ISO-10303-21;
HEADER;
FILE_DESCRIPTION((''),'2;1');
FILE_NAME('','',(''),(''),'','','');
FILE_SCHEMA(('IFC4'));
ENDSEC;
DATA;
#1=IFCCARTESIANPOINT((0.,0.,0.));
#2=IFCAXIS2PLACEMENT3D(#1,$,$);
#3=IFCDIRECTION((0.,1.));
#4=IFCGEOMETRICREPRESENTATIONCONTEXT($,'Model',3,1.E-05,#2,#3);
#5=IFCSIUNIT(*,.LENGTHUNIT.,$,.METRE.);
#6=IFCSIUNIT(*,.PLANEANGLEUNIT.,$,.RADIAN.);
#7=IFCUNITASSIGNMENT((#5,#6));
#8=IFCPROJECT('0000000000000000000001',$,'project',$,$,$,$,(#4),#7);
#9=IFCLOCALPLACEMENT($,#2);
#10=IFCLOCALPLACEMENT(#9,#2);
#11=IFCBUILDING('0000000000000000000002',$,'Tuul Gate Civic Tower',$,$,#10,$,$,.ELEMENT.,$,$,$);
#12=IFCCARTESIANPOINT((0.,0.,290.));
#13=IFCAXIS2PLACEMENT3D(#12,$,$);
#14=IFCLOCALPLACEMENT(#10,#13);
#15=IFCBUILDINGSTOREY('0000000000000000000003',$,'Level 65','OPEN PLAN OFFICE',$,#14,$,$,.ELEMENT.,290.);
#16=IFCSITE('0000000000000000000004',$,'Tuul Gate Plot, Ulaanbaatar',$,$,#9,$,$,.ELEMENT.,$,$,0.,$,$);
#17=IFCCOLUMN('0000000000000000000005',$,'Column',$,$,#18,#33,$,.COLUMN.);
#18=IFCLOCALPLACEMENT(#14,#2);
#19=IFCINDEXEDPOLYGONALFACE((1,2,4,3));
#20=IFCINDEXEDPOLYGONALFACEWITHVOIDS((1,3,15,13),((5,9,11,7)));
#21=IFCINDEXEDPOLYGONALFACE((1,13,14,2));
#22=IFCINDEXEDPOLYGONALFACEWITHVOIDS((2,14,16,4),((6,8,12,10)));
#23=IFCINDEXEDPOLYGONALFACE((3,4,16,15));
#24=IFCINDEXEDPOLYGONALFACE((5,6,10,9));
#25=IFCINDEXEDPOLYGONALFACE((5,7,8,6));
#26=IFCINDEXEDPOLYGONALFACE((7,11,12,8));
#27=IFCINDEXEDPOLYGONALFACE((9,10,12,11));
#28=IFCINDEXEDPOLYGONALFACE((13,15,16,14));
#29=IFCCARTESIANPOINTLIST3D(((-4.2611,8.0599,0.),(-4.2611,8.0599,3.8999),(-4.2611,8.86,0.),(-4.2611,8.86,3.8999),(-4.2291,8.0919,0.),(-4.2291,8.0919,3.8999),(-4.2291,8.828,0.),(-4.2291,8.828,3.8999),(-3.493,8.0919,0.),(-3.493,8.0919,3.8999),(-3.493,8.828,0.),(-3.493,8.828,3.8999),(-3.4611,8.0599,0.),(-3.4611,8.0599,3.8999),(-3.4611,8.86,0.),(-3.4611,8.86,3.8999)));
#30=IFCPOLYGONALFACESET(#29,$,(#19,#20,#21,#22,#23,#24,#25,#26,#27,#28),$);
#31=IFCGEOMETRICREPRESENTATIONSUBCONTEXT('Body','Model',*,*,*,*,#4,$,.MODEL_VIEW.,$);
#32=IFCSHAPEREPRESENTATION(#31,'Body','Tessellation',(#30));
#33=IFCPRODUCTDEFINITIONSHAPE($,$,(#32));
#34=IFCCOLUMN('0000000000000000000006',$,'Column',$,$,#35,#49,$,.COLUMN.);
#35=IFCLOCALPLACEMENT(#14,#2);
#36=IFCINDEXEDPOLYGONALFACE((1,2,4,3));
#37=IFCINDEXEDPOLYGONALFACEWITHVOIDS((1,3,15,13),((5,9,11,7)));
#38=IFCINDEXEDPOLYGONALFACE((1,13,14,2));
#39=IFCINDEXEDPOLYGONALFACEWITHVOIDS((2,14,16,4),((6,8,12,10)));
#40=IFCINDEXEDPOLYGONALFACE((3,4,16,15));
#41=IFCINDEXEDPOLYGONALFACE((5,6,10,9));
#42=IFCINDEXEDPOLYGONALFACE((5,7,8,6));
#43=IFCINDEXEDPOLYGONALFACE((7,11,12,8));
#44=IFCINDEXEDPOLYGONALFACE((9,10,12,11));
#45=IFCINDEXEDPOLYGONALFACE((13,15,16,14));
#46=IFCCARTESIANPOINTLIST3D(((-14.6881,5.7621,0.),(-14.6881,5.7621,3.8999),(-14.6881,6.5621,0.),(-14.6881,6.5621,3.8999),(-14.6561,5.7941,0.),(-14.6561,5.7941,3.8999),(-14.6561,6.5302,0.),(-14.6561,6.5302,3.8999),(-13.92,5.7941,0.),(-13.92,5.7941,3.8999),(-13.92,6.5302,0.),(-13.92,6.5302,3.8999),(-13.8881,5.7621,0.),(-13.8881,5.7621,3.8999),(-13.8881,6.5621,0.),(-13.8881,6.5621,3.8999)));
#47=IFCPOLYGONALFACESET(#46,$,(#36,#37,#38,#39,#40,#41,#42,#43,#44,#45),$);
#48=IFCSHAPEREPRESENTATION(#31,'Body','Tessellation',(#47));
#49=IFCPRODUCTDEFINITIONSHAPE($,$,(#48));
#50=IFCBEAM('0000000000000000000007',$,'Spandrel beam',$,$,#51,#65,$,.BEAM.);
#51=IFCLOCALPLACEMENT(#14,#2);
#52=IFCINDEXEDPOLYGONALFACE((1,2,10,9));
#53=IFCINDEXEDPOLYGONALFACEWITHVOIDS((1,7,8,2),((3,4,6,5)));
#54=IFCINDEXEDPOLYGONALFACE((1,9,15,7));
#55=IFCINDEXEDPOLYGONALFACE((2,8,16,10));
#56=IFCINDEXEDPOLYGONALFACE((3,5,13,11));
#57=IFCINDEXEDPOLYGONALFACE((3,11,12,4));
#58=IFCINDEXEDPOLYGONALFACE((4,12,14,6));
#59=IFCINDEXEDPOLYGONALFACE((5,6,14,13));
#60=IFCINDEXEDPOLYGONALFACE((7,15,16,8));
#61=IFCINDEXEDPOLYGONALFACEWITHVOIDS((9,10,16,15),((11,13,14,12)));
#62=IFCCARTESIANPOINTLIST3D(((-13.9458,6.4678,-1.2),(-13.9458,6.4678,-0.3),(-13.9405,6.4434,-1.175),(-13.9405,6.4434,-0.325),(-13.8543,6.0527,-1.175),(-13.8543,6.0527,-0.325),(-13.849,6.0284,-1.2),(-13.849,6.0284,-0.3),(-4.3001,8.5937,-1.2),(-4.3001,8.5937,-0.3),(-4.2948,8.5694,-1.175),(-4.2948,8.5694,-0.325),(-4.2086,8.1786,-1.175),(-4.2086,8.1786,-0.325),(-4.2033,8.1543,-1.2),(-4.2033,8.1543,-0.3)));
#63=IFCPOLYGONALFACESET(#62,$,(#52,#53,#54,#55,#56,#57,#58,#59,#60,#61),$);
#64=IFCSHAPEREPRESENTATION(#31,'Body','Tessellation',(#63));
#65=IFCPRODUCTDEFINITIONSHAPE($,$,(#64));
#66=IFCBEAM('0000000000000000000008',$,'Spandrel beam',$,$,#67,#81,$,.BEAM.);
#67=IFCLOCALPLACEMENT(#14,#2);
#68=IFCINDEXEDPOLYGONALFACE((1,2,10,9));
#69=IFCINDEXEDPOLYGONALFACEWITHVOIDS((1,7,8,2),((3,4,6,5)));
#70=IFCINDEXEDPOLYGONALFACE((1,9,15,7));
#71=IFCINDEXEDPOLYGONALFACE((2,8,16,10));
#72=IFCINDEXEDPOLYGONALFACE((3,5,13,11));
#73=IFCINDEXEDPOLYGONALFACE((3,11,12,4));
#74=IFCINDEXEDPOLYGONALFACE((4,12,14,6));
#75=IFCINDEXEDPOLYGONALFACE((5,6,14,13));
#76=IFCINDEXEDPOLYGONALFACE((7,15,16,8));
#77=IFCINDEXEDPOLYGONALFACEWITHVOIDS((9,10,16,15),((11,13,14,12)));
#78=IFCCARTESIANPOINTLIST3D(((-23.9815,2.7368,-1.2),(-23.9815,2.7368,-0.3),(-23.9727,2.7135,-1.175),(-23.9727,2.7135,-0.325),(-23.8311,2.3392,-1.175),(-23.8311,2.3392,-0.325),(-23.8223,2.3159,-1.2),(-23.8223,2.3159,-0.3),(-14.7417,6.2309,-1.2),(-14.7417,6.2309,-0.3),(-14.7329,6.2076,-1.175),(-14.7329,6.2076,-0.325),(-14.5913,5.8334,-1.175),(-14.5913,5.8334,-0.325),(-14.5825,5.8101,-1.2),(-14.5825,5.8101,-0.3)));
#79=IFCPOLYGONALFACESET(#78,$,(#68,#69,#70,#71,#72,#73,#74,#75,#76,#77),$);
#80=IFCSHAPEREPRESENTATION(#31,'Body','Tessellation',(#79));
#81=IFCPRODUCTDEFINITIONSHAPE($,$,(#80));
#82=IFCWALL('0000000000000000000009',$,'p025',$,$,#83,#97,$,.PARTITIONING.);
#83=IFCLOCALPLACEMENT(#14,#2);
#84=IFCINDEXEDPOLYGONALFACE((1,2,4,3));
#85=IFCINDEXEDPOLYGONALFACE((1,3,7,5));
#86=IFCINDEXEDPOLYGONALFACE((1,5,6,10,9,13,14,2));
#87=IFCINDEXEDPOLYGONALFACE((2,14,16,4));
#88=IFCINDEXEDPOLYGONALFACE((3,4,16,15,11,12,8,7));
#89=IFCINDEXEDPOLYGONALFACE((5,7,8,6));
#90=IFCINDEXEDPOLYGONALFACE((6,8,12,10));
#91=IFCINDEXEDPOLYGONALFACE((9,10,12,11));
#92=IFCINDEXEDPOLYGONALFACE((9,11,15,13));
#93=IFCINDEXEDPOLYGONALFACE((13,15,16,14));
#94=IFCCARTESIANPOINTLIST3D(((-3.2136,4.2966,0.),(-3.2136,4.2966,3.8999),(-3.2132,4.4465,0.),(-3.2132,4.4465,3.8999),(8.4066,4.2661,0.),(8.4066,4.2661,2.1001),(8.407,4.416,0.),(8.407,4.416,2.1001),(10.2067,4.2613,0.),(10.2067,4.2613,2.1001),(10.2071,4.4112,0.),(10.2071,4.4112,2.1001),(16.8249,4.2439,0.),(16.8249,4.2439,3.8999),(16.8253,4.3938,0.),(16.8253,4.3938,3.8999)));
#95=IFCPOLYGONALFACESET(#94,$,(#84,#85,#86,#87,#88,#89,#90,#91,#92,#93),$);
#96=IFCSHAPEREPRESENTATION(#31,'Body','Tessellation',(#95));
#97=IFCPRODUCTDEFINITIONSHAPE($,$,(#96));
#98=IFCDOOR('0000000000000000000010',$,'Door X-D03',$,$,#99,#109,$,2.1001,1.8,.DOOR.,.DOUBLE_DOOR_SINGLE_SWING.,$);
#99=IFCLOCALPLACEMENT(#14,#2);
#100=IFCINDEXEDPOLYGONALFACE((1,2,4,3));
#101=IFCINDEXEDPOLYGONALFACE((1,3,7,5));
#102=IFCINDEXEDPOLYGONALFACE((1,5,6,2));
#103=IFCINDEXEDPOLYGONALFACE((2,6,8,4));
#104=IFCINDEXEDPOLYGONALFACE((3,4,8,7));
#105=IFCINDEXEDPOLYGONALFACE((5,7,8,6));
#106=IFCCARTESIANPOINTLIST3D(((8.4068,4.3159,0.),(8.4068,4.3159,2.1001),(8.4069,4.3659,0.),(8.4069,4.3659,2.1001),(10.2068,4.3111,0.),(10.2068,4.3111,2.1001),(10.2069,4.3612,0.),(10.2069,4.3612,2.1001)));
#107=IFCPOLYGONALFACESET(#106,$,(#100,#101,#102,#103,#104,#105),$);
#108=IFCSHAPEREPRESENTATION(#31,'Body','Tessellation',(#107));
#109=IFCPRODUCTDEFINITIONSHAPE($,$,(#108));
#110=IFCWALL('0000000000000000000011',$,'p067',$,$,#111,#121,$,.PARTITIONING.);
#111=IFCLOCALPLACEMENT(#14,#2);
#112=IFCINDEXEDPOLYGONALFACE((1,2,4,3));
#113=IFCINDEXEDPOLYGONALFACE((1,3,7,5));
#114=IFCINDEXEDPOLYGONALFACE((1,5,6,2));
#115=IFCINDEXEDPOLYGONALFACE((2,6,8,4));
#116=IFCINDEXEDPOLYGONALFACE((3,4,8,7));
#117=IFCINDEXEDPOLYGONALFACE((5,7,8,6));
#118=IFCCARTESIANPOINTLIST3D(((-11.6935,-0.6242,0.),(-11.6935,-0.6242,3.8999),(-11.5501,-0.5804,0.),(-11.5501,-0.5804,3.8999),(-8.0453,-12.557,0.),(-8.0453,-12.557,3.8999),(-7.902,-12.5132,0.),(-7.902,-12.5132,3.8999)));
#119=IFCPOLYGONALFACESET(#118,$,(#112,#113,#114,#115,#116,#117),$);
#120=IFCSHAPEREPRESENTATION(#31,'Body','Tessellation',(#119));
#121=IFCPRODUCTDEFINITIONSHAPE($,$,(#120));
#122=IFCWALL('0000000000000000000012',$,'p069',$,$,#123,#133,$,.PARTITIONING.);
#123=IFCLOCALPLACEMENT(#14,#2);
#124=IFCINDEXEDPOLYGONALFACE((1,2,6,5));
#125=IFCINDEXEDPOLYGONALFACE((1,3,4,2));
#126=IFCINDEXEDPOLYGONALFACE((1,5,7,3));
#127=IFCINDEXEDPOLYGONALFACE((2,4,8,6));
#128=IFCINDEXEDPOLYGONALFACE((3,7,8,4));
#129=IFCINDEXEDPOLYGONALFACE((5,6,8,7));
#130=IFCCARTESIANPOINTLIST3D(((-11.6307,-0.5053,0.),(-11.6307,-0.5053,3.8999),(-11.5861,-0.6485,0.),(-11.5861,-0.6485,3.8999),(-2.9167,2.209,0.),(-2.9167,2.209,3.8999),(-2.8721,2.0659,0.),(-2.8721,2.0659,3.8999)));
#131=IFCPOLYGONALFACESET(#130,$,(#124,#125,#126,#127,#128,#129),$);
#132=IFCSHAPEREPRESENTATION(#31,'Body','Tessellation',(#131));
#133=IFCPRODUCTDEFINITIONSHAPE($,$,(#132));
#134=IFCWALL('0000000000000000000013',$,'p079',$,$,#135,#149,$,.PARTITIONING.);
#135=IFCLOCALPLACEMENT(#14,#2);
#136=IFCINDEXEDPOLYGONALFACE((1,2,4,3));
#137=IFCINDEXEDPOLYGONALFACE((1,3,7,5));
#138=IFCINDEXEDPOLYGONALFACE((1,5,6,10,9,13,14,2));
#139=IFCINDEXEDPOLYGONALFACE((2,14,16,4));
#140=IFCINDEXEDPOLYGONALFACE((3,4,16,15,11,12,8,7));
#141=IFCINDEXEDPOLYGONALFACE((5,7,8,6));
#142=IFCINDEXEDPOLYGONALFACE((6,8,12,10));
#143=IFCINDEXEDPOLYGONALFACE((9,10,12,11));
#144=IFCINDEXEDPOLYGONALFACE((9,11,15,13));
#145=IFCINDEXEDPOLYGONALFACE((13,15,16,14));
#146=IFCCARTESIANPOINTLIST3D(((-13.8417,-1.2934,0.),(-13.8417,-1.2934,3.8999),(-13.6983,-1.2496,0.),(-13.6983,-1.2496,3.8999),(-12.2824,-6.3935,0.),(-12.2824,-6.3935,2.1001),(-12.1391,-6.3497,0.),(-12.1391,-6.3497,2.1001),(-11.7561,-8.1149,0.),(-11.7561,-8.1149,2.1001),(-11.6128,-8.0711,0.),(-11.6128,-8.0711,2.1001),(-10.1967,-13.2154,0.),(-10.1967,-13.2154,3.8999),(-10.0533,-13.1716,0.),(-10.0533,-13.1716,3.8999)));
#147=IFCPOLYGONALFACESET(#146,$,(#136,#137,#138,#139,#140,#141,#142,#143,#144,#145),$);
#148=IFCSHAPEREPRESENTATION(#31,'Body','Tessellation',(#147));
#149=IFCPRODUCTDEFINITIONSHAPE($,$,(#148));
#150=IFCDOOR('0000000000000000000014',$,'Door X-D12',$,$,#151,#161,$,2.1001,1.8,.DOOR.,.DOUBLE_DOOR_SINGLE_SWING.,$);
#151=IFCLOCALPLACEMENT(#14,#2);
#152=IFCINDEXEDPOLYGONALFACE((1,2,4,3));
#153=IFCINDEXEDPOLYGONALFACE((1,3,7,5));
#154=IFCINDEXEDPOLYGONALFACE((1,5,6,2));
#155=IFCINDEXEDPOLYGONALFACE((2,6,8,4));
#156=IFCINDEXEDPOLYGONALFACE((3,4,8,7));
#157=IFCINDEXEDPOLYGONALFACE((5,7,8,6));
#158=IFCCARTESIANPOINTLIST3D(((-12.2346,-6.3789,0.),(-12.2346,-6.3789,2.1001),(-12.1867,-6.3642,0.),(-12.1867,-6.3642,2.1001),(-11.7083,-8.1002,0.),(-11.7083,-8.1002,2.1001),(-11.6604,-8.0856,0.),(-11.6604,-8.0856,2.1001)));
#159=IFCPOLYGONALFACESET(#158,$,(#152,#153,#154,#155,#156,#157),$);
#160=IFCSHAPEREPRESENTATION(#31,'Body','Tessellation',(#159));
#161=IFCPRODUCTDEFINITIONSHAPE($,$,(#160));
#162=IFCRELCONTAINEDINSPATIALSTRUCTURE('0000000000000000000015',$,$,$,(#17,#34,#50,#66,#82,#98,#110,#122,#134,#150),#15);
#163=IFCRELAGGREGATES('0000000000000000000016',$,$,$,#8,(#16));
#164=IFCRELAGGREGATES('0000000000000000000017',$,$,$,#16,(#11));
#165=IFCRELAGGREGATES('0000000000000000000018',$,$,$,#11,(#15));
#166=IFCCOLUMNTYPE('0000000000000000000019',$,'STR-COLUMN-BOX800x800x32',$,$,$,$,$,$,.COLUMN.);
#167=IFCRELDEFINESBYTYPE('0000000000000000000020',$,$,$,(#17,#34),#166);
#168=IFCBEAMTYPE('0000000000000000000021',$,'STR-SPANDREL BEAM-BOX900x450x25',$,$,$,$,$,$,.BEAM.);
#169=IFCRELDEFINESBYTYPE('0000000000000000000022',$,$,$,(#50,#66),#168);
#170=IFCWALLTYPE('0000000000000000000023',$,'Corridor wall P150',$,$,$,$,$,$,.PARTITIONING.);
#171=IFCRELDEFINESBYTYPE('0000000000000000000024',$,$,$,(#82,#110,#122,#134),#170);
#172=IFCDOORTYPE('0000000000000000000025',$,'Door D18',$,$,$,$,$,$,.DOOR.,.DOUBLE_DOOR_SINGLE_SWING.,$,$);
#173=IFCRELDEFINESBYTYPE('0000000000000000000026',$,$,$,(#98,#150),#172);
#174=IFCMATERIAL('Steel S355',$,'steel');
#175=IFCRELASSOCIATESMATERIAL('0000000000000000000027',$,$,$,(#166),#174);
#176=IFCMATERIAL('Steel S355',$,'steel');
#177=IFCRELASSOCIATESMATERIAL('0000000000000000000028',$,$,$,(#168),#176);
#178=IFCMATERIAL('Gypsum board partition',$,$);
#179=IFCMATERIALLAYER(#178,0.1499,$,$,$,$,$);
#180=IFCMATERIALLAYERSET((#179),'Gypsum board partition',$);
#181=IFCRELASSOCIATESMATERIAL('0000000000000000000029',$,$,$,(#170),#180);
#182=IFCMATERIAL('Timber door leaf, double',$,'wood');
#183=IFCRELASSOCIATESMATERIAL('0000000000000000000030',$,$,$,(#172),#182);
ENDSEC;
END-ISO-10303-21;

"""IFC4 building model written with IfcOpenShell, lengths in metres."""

from ifc_helpers import new_model, si_unit, direction, frame, frame_2d, origin, origin_2d, place, context, subcontext, project, spatial, rectangle, hollow_rectangle, extrude, material, layer, layer_set, material_profile, profile_set, type_object, element, fill, save


model = new_model("IFC4")

# Units and contexts
model_context = context("Model", 3, precision=1e-05, world=origin(), true_north=direction((0.0, 1.0)))
body_context = subcontext(model_context, "Body", "Model", "MODEL_VIEW")
ifc_project = project(units=[si_unit("LENGTHUNIT", "METRE"), si_unit("PLANEANGLEUNIT", "RADIAN")], contexts=[model_context])

# Site, building, storey
site_placement = place(None, origin())
site = spatial("IfcSite", under=ifc_project, at=site_placement, Name="Tuul Gate Plot, Ulaanbaatar", CompositionType="ELEMENT", RefElevation=0.0)
building_placement = place(site_placement, origin())
building = spatial("IfcBuilding", under=site, at=building_placement, Name="Tuul Gate Civic Tower", CompositionType="ELEMENT")
storey_placement = place(building_placement, frame((0.0, 0.0, 290.0)))
storey = spatial("IfcBuildingStorey", under=building, at=storey_placement, Name="Level 65", Description="OPEN PLAN OFFICE", CompositionType="ELEMENT", Elevation=290.0)

# Columns
ifc_material_1 = material(Name="Steel S355", Category="steel")
ifc_material_profile_1 = material_profile(ifc_material_1, hollow_rectangle(XDim=0.8, YDim=0.8, WallThickness=0.032, at=origin_2d()), Name="BOX800x800x32")
ifc_profile_set_1 = profile_set([ifc_material_profile_1], Name="Steel S355")
column_type = type_object("IfcColumnType", Name="STR-COLUMN-BOX800x800x32", PredefinedType="COLUMN", material=ifc_profile_set_1)
for number, where, z_axis, x_axis, name in (
    (1, (-3.8611, 8.46, 0.0), (0.0, 0.0, 1.0), (1.0, 0.0, 0.0), "Column"),
    (2, (-14.2881, 6.1621, 0.0), (0.0, 0.0, 1.0), (1.0, 0.0, 0.0), "Column"),
):
    element("IfcColumn", number, at=place(storey_placement, frame(where, z_axis=z_axis, x_axis=x_axis)), inside=storey, type_object=column_type, Name=name, PredefinedType="COLUMN", context=body_context, shape_type="SweptSolid", body=[
        extrude(hollow_rectangle(XDim=0.8, YDim=0.8, WallThickness=0.032, at=origin_2d()), origin(), (0.0, 0.0, 1.0), 3.8999),
    ])

# Beams
ifc_material_2 = material(Name="Steel S355", Category="steel")
ifc_material_profile_2 = material_profile(ifc_material_2, hollow_rectangle(XDim=0.45, YDim=0.8999, WallThickness=0.0249, at=origin_2d()), Name="BOX900x450x25")
ifc_profile_set_2 = profile_set([ifc_material_profile_2], Name="Steel S355")
beam_type = type_object("IfcBeamType", Name="STR-SPANDREL BEAM-BOX900x450x25", PredefinedType="BEAM", material=ifc_profile_set_2)
beam_1_placement = place(storey_placement, frame((-4.2517, 8.374, -0.75), z_axis=(-0.976561, -0.215239, 0.0), x_axis=(0.215239, -0.976561, 0.0)))
element("IfcBeam", 3, at=beam_1_placement, inside=storey, type_object=beam_type, Name="Spandrel beam", PredefinedType="BEAM", context=body_context, shape_type="SweptSolid", body=[
    extrude(hollow_rectangle(XDim=0.45, YDim=0.8999, WallThickness=0.0249, at=origin_2d()), origin(), (0.0, 0.0, 1.0), 9.8772),
])
beam_2_placement = place(storey_placement, frame((-14.6621, 6.0205, -0.75), z_axis=(-0.935353, -0.353717, 0.0), x_axis=(0.353717, -0.935353, 0.0)))
element("IfcBeam", 4, at=beam_2_placement, inside=storey, type_object=beam_type, Name="Spandrel beam", PredefinedType="BEAM", context=body_context, shape_type="SweptSolid", body=[
    extrude(hollow_rectangle(XDim=0.45, YDim=0.8999, WallThickness=0.0249, at=origin_2d()), origin(), (0.0, 0.0, 1.0), 9.8784),
])

# Wall, opening, door
ifc_material_3 = material(Name="Gypsum board partition")
ifc_layer_1 = layer(ifc_material_3, 0.1499)
ifc_layer_set_1 = layer_set([ifc_layer_1], Name="Gypsum board partition")
wall_type_1 = type_object("IfcWallType", Name="Corridor wall P150", PredefinedType="PARTITIONING", material=ifc_layer_set_1)
wall_1_placement = place(storey_placement, frame((-3.2134, 4.3716, 0.0), z_axis=(0.0, 0.0, 1.0), x_axis=(0.999997, -0.002632, 0.0)))
wall_1 = element("IfcWall", 5, at=wall_1_placement, inside=storey, type_object=wall_type_1, Name="p025", PredefinedType="PARTITIONING", context=body_context, shape_type="SweptSolid", body=[
    extrude(rectangle(XDim=20.0386, YDim=0.1499, at=frame_2d((10.0193, 0.0))), origin(), (0.0, 0.0, 1.0), 3.8999),
])
opening_1_placement = place(wall_1_placement, frame((11.6204, 0.0, 0.0)))
opening_1 = element("IfcOpeningElement", 6, at=opening_1_placement, cuts=wall_1, PredefinedType="OPENING", context=body_context, shape_type="SweptSolid", body=[
    extrude(rectangle(XDim=1.8, YDim=2.1001, at=frame_2d((0.8999, 1.05))), frame((0.0, 0.085, 0.0), z_axis=(0.0, -1.0, 0.0), x_axis=(1.0, 0.0, 0.0)), (0.0, 0.0, 1.0), 0.1699),
])
ifc_material_4 = material(Name="Timber door leaf, double", Category="wood")
door_type = type_object("IfcDoorType", Name="Door D18", OperationType="DOUBLE_DOOR_SINGLE_SWING", PredefinedType="DOOR", material=ifc_material_4)
door_1_placement = place(opening_1_placement, origin())
door_1 = element("IfcDoor", 7, at=door_1_placement, inside=storey, type_object=door_type, Name="Door X-D03", OperationType="DOUBLE_DOOR_SINGLE_SWING", OverallHeight=2.1001, OverallWidth=1.8, PredefinedType="DOOR", context=body_context, shape_type="SweptSolid", body=[
    extrude(rectangle(XDim=1.8, YDim=2.1001, at=frame_2d((0.8999, 1.05))), frame((0.0, 0.0249, 0.0), z_axis=(0.0, -1.0, 0.0), x_axis=(1.0, 0.0, 0.0)), (0.0, 0.0, 1.0), 0.05),
])
fill(opening_1, door_1)

# Walls
wall_2_placement = place(storey_placement, frame((-11.6218, -0.6023, 0.0), z_axis=(0.0, 0.0, 1.0), x_axis=(0.292368, -0.956306, 0.0)))
element("IfcWall", 8, at=wall_2_placement, inside=storey, type_object=wall_type_1, Name="p067", PredefinedType="PARTITIONING", context=body_context, shape_type="SweptSolid", body=[
    extrude(rectangle(XDim=12.478, YDim=0.1499, at=frame_2d((6.239, 0.0))), origin(), (0.0, 0.0, 1.0), 3.8999),
])
wall_3_placement = place(storey_placement, frame((-11.6084, -0.5769, 0.0), z_axis=(0.0, 0.0, 1.0), x_axis=(0.954752, 0.297404, 0.0)))
element("IfcWall", 9, at=wall_3_placement, inside=storey, type_object=wall_type_1, Name="p069", PredefinedType="PARTITIONING", context=body_context, shape_type="SweptSolid", body=[
    extrude(rectangle(XDim=9.127, YDim=0.1499, at=frame_2d((4.5635, 0.0))), origin(), (0.0, 0.0, 1.0), 3.8999),
])

# Wall, opening, door
wall_4_placement = place(storey_placement, frame((-13.77, -1.2715, 0.0), z_axis=(0.0, 0.0, 1.0), x_axis=(0.292376, -0.956303, 0.0)))
wall_4 = element("IfcWall", 10, at=wall_4_placement, inside=storey, type_object=wall_type_1, Name="p079", PredefinedType="PARTITIONING", context=body_context, shape_type="SweptSolid", body=[
    extrude(rectangle(XDim=12.4668, YDim=0.1499, at=frame_2d((6.2334, 0.0))), origin(), (0.0, 0.0, 1.0), 3.8999),
])
opening_2_placement = place(wall_4_placement, frame((5.3333, 0.0, 0.0)))
opening_2 = element("IfcOpeningElement", 11, at=opening_2_placement, cuts=wall_4, PredefinedType="OPENING", context=body_context, shape_type="SweptSolid", body=[
    extrude(rectangle(XDim=1.8, YDim=2.1001, at=frame_2d((0.8999, 1.05))), frame((0.0, 0.085, 0.0), z_axis=(0.0, -1.0, 0.0), x_axis=(1.0, 0.0, 0.0)), (0.0, 0.0, 1.0), 0.1699),
])
door_2_placement = place(opening_2_placement, frame((1.8, 0.0, 0.0), z_axis=(0.0, 0.0, 1.0), x_axis=(-1.0, 0.0, 0.0)))
door_2 = element("IfcDoor", 12, at=door_2_placement, inside=storey, type_object=door_type, Name="Door X-D12", OperationType="DOUBLE_DOOR_SINGLE_SWING", OverallHeight=2.1001, OverallWidth=1.8, PredefinedType="DOOR", context=body_context, shape_type="SweptSolid", body=[
    extrude(rectangle(XDim=1.8, YDim=2.1001, at=frame_2d((0.9001, 1.05))), frame((0.0, 0.0249, 0.0), z_axis=(0.0, -1.0, 0.0), x_axis=(1.0, 0.0, 0.0)), (0.0, 0.0, 1.0), 0.05),
])
fill(opening_2, door_2)

save(model, "model.ifc")
